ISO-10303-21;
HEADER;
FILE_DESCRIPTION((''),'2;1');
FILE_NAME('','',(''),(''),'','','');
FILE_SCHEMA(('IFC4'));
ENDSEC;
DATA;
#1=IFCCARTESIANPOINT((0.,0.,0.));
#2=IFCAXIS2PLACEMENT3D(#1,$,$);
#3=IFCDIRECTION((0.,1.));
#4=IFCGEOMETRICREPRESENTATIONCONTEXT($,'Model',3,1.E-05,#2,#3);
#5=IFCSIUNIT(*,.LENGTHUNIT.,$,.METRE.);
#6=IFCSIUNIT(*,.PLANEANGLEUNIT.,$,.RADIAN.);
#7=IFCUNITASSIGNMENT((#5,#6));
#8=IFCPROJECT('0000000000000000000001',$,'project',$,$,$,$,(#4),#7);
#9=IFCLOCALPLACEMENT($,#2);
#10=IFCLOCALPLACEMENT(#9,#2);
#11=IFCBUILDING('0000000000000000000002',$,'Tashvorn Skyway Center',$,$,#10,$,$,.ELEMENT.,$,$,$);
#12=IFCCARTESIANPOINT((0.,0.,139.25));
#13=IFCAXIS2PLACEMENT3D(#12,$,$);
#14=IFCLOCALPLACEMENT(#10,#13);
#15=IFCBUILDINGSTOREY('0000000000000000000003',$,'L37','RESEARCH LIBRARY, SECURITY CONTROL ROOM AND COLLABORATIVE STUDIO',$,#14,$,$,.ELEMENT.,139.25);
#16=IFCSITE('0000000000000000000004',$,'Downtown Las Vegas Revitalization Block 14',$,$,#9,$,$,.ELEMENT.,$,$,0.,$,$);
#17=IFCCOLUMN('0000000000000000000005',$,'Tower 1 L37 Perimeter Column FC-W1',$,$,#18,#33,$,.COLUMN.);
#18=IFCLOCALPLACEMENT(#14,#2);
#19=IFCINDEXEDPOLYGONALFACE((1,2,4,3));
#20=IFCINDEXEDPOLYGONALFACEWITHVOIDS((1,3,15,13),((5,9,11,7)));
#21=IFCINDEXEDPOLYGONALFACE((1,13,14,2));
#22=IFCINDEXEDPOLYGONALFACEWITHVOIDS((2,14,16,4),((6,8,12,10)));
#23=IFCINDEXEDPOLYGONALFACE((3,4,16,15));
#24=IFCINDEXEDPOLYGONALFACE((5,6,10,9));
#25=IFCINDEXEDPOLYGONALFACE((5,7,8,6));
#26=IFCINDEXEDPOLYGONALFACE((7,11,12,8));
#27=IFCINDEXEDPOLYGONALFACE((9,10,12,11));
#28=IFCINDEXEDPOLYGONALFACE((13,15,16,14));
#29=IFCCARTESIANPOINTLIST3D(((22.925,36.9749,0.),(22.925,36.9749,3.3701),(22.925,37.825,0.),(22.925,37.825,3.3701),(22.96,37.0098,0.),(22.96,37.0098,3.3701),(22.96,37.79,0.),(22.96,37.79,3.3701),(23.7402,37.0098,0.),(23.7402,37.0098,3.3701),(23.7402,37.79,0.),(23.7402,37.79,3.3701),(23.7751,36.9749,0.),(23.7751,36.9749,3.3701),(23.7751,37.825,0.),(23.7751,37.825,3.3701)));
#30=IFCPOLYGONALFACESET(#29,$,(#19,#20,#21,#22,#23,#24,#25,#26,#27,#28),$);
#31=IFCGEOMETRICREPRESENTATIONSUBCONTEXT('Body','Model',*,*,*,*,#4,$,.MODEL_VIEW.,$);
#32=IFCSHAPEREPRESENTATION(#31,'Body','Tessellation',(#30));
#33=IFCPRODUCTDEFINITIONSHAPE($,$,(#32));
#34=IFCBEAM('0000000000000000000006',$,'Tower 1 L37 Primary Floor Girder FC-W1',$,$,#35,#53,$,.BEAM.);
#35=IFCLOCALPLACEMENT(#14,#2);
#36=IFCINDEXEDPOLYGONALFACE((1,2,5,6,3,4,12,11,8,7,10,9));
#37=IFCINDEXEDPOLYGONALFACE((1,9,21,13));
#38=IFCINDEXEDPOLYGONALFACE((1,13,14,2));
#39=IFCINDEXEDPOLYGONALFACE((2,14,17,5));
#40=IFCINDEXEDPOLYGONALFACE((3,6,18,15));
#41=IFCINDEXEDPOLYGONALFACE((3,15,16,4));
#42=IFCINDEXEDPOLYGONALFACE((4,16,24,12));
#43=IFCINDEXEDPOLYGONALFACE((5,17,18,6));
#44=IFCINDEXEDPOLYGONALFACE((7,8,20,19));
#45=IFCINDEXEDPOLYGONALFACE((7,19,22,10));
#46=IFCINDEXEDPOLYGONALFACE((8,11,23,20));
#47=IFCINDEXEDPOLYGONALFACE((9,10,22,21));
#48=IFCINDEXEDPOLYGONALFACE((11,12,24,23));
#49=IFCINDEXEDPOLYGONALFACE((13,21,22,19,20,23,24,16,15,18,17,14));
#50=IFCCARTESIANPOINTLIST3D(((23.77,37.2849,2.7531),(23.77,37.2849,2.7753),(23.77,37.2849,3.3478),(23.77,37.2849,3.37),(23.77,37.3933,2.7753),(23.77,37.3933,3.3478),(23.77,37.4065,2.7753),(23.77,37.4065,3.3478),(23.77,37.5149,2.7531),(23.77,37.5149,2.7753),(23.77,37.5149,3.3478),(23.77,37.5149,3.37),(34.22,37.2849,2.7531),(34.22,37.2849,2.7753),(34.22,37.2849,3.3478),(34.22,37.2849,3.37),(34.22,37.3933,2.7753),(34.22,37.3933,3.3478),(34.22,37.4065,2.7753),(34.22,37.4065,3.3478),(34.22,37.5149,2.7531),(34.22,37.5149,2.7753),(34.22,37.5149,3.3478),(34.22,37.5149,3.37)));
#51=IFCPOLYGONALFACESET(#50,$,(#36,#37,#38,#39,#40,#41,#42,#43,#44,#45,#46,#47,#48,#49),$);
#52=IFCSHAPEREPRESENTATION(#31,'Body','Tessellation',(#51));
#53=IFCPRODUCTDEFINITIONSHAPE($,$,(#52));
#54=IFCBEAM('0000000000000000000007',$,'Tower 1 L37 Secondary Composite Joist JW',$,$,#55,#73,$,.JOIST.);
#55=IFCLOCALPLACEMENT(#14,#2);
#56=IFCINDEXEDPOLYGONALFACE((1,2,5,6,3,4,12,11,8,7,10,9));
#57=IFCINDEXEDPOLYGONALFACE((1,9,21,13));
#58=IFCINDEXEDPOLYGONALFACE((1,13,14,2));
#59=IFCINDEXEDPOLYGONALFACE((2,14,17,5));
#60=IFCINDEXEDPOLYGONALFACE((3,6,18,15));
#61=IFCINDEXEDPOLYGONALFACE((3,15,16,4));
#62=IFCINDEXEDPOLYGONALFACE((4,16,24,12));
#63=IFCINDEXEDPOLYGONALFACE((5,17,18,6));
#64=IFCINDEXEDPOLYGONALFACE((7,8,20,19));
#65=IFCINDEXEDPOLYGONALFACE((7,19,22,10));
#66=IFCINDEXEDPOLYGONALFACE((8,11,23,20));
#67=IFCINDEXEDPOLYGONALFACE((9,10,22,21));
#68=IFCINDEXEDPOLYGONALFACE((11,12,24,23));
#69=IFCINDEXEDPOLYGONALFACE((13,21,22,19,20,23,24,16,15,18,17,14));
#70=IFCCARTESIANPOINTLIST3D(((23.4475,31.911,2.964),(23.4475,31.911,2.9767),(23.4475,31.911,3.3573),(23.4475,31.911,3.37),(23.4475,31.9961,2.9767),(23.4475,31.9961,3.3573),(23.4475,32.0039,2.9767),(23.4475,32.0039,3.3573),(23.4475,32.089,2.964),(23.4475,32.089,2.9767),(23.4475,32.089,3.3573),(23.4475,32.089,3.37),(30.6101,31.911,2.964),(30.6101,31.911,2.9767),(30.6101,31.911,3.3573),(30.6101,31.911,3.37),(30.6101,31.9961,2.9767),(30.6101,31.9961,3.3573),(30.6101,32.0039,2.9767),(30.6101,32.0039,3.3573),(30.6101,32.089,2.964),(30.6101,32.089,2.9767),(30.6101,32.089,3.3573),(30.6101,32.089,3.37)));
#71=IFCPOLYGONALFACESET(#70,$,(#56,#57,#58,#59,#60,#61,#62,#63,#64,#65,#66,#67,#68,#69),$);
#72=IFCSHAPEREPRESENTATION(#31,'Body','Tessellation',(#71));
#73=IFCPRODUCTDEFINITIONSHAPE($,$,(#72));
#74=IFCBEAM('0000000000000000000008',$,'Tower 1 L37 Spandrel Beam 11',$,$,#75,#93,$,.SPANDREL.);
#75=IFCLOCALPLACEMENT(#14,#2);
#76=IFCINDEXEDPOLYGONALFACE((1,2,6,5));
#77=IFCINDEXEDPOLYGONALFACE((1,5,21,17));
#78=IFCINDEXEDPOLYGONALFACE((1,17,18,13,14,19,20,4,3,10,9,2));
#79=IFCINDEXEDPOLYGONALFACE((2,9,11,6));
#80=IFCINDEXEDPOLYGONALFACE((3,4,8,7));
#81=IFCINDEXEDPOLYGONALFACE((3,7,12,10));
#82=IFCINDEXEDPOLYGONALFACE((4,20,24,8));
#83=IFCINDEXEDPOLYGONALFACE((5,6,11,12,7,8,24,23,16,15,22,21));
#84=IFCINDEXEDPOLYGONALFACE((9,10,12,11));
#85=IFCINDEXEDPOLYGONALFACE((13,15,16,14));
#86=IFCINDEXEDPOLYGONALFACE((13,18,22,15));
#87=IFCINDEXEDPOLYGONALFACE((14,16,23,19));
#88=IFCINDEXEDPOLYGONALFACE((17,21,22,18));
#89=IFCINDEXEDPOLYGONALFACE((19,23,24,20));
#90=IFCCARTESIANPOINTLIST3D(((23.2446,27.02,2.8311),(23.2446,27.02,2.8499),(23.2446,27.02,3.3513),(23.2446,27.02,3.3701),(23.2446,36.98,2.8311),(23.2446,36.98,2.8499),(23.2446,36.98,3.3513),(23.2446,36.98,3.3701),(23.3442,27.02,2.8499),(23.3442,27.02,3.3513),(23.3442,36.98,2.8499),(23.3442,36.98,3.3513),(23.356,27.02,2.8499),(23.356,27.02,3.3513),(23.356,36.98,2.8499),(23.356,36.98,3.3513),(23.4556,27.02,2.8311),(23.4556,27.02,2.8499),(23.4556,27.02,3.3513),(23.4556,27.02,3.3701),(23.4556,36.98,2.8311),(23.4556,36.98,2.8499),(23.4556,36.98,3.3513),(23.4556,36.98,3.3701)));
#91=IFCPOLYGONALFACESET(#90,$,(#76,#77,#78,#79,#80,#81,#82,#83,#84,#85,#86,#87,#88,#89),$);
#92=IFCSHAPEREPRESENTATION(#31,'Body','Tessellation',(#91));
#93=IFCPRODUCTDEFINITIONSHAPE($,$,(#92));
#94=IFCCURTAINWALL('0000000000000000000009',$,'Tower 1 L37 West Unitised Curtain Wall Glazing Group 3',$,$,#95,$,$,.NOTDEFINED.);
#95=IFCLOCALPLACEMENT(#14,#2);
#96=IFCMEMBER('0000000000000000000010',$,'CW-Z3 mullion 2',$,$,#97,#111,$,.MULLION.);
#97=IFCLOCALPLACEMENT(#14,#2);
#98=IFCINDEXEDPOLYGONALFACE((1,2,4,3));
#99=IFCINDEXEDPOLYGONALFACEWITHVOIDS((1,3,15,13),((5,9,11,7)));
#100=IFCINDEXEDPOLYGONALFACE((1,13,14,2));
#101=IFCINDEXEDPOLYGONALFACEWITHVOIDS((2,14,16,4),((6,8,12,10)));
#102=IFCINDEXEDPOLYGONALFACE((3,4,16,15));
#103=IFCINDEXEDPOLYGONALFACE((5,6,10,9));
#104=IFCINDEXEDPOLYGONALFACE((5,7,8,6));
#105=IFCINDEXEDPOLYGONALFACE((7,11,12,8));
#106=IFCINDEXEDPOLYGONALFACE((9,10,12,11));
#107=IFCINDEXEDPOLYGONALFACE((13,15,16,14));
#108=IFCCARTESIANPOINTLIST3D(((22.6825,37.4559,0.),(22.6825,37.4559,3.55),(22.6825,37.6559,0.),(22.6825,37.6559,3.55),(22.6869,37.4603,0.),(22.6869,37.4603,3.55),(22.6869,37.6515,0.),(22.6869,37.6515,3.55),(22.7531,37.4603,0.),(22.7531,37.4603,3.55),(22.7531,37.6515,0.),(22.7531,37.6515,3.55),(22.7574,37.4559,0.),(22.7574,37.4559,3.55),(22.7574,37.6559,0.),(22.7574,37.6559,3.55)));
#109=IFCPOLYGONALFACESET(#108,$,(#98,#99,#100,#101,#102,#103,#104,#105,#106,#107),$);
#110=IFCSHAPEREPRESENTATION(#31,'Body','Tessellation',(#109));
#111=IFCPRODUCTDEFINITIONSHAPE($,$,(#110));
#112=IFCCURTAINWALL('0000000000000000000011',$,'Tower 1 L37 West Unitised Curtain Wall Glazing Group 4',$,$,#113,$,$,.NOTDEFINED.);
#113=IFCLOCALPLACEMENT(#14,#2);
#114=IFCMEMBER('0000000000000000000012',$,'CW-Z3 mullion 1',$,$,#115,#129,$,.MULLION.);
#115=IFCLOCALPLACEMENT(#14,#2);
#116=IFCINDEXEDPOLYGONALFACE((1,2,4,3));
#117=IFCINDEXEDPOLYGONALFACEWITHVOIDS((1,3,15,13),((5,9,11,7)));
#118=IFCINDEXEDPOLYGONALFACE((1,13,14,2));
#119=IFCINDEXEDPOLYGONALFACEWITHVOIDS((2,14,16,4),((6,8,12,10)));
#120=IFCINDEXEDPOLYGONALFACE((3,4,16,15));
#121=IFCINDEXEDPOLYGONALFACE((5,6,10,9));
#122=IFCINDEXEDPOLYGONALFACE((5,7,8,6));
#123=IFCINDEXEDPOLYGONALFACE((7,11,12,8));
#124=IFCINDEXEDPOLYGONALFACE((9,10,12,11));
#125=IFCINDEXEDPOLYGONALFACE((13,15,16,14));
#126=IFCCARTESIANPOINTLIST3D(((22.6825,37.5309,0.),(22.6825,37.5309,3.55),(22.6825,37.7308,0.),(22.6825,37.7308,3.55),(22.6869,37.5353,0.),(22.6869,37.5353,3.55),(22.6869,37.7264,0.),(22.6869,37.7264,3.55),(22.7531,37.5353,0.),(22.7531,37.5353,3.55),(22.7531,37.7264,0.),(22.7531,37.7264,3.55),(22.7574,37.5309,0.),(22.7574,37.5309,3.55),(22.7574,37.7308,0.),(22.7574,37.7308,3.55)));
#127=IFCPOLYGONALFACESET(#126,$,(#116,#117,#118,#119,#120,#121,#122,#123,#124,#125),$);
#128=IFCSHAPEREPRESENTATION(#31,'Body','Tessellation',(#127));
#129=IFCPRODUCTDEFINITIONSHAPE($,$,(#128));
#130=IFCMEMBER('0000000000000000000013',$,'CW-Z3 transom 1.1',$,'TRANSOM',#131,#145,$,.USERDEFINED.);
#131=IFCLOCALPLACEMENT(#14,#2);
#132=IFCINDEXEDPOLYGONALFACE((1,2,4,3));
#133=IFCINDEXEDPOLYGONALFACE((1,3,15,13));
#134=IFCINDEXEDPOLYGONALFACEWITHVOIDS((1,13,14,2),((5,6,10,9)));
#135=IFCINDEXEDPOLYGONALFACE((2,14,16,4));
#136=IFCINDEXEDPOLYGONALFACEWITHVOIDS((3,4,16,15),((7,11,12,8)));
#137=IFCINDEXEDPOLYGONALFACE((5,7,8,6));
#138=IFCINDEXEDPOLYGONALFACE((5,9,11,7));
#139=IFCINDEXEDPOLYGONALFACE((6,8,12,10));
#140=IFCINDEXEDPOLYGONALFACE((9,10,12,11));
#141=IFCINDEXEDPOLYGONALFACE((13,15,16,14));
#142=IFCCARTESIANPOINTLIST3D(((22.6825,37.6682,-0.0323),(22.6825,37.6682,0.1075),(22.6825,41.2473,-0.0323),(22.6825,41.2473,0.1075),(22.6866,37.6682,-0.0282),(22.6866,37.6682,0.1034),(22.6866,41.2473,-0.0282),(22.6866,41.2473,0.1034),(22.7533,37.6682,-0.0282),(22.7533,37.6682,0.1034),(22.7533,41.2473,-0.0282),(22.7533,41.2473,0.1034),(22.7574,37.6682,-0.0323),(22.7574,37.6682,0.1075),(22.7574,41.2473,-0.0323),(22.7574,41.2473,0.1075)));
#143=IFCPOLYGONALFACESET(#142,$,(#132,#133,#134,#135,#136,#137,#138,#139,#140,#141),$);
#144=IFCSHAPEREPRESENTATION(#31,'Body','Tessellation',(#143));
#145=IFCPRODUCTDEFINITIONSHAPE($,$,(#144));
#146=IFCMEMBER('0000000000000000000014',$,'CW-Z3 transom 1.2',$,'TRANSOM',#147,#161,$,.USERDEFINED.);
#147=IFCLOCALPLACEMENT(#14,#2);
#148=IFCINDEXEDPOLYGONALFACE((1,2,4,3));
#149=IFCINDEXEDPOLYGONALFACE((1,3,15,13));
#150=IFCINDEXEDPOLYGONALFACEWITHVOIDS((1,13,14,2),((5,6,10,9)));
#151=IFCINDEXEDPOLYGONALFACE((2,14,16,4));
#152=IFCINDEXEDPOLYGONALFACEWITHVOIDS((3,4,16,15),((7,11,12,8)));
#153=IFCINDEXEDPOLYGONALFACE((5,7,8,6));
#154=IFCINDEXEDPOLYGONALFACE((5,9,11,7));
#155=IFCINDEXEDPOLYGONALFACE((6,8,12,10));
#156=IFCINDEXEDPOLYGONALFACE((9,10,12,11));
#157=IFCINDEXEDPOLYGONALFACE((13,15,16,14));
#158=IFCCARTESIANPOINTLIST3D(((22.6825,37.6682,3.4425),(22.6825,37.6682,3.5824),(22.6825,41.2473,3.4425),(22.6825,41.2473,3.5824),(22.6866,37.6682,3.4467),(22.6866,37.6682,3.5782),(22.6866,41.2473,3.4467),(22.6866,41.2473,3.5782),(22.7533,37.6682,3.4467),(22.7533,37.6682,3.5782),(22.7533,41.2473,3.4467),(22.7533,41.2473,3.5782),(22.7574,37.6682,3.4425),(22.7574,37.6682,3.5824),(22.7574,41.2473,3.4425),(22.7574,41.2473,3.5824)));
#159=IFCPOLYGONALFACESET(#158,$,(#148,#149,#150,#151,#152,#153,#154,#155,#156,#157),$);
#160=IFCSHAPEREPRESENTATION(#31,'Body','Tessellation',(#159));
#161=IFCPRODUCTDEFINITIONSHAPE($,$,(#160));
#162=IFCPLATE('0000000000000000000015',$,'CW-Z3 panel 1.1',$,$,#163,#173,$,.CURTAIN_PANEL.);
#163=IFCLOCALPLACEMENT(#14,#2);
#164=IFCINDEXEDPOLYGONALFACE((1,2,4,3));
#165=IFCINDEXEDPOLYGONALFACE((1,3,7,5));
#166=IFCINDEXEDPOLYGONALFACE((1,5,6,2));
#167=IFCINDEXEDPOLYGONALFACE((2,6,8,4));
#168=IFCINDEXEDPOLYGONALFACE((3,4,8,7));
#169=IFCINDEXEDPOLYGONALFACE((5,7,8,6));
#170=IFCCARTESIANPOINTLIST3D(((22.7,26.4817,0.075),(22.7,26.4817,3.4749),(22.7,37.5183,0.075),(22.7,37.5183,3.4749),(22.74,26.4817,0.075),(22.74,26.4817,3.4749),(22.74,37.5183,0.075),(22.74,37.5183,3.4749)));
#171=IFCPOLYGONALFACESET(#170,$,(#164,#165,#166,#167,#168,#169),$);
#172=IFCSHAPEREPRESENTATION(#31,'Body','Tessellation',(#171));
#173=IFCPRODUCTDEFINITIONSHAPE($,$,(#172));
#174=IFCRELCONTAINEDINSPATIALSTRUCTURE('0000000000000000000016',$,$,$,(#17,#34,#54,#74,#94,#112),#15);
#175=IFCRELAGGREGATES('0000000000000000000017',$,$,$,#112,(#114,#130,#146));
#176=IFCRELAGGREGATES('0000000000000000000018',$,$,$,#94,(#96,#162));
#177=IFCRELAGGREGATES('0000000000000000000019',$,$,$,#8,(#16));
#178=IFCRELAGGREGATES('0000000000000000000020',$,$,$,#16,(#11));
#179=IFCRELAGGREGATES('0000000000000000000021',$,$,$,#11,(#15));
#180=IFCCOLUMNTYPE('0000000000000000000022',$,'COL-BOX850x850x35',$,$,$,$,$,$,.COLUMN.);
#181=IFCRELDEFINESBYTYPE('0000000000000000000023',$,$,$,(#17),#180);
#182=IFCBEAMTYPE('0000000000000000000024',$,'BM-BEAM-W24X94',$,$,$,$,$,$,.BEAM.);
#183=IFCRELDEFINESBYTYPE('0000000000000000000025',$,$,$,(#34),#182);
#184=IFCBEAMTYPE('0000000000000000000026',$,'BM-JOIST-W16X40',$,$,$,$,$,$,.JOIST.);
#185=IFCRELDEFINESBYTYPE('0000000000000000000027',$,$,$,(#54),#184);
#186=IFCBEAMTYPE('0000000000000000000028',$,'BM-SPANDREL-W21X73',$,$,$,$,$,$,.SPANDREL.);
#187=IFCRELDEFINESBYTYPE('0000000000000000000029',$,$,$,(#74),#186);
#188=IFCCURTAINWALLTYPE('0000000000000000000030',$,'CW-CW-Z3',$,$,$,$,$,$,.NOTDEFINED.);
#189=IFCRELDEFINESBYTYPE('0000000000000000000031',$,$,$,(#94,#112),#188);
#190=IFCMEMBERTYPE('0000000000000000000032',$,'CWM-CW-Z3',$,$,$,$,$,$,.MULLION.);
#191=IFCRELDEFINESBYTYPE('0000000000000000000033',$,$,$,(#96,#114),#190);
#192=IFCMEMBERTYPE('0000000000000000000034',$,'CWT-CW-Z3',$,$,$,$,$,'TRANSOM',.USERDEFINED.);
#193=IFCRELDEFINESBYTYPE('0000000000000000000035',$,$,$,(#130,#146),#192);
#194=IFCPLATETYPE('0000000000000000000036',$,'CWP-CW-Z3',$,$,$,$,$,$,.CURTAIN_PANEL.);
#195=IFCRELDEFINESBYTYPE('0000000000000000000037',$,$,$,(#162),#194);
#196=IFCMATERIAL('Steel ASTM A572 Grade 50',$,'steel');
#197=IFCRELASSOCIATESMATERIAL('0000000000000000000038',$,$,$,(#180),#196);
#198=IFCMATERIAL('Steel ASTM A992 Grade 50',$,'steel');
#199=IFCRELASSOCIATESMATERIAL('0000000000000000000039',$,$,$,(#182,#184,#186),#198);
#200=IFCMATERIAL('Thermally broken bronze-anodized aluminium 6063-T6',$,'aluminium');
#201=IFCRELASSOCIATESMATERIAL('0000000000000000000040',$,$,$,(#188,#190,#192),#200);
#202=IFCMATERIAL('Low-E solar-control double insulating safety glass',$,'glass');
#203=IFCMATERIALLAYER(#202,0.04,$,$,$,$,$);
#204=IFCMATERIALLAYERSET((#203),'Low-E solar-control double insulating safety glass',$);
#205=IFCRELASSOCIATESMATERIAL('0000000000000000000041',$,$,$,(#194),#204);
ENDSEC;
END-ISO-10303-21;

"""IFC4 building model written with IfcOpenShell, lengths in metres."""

from ifc_helpers import new_model, si_unit, direction, frame, origin, origin_2d, place, context, subcontext, project, spatial, rectangle, hollow_rectangle, i_section, extrude, material, layer, layer_set, material_profile, profile_set, type_object, element, aggregate, save


model = new_model("IFC4")

# Units and contexts
model_context = context("Model", 3, precision=1e-05, world=origin(), true_north=direction((0.0, 1.0)))
body_context = subcontext(model_context, "Body", "Model", "MODEL_VIEW")
ifc_project = project(units=[si_unit("LENGTHUNIT", "METRE"), si_unit("PLANEANGLEUNIT", "RADIAN")], contexts=[model_context])

# Site, building, storey
site_placement = place(None, origin())
site = spatial("IfcSite", under=ifc_project, at=site_placement, Name="Downtown Las Vegas Revitalization Block 14", CompositionType="ELEMENT", RefElevation=0.0)
building_placement = place(site_placement, origin())
building = spatial("IfcBuilding", under=site, at=building_placement, Name="Tashvorn Skyway Center", CompositionType="ELEMENT")
storey_placement = place(building_placement, frame((0.0, 0.0, 139.25)))
storey = spatial("IfcBuildingStorey", under=building, at=storey_placement, Name="L37", Description="RESEARCH LIBRARY, SECURITY CONTROL ROOM AND COLLABORATIVE STUDIO", CompositionType="ELEMENT", Elevation=139.25)

# Column
ifc_material_1 = material(Name="Steel ASTM A572 Grade 50", Category="steel")
ifc_material_profile_1 = material_profile(ifc_material_1, hollow_rectangle(XDim=0.8501, YDim=0.8501, WallThickness=0.0349, at=origin_2d()), Name="BOX850x850x35")
ifc_profile_set_1 = profile_set([ifc_material_profile_1], Name="Steel ASTM A572 Grade 50")
column_type = type_object("IfcColumnType", Name="COL-BOX850x850x35", PredefinedType="COLUMN", material=ifc_profile_set_1)
column_placement = place(storey_placement, frame((23.3501, 37.3999, 0.0), z_axis=(0.0, 0.0, 1.0), x_axis=(1.0, 0.0, 0.0)))
element("IfcColumn", 1, at=column_placement, inside=storey, type_object=column_type, Name="Tower 1 L37 Perimeter Column FC-W1", PredefinedType="COLUMN", context=body_context, shape_type="SweptSolid", body=[
    extrude(hollow_rectangle(XDim=0.8501, YDim=0.8501, WallThickness=0.0349, at=origin_2d()), origin(), (0.0, 0.0, 1.0), 3.3701),
])

# Beams
ifc_material_2 = material(Name="Steel ASTM A992 Grade 50", Category="steel")
ifc_material_profile_2 = material_profile(ifc_material_2, i_section(OverallWidth=0.23, OverallDepth=0.6169, WebThickness=0.0132, FlangeThickness=0.0222, at=origin_2d()), Name="W24X94")
ifc_profile_set_2 = profile_set([ifc_material_profile_2], Name="Steel ASTM A992 Grade 50")
beam_type_1 = type_object("IfcBeamType", Name="BM-BEAM-W24X94", PredefinedType="BEAM", material=ifc_profile_set_2)
beam_1_placement = place(storey_placement, frame((23.77, 37.3999, 3.0615), z_axis=(1.0, 0.0, 0.0), x_axis=(0.0, 1.0, 0.0)))
element("IfcBeam", 2, at=beam_1_placement, inside=storey, type_object=beam_type_1, Name="Tower 1 L37 Primary Floor Girder FC-W1", PredefinedType="BEAM", context=body_context, shape_type="SweptSolid", body=[
    extrude(i_section(OverallWidth=0.23, OverallDepth=0.6169, WebThickness=0.0132, FlangeThickness=0.0222, at=origin_2d()), origin(), (0.0, 0.0, 1.0), 10.45),
])
ifc_material_profile_3 = material_profile(ifc_material_2, i_section(OverallWidth=0.178, OverallDepth=0.406, WebThickness=0.0078, FlangeThickness=0.0127, at=origin_2d()), Name="W16X40")
ifc_profile_set_3 = profile_set([ifc_material_profile_3], Name="Steel ASTM A992 Grade 50")
beam_type_2 = type_object("IfcBeamType", Name="BM-JOIST-W16X40", PredefinedType="JOIST", material=ifc_profile_set_3)
beam_2_placement = place(storey_placement, frame((30.6101, 32.0, 3.167), z_axis=(-1.0, 0.0, 0.0), x_axis=(0.0, -1.0, 0.0)))
element("IfcBeam", 3, at=beam_2_placement, inside=storey, type_object=beam_type_2, Name="Tower 1 L37 Secondary Composite Joist JW", PredefinedType="JOIST", context=body_context, shape_type="SweptSolid", body=[
    extrude(i_section(OverallWidth=0.178, OverallDepth=0.406, WebThickness=0.0078, FlangeThickness=0.0127, at=origin_2d()), origin(), (0.0, 0.0, 1.0), 7.1626),
])
ifc_material_profile_4 = material_profile(ifc_material_2, i_section(OverallWidth=0.2109, OverallDepth=0.5391, WebThickness=0.0117, FlangeThickness=0.0188, at=origin_2d()), Name="W21X73")
ifc_profile_set_4 = profile_set([ifc_material_profile_4], Name="Steel ASTM A992 Grade 50")
beam_type_3 = type_object("IfcBeamType", Name="BM-SPANDREL-W21X73", PredefinedType="SPANDREL", material=ifc_profile_set_4)
beam_3_placement = place(storey_placement, frame((23.3501, 36.98, 3.1006), z_axis=(0.0, -1.0, 0.0), x_axis=(1.0, 0.0, 0.0)))
element("IfcBeam", 4, at=beam_3_placement, inside=storey, type_object=beam_type_3, Name="Tower 1 L37 Spandrel Beam 11", PredefinedType="SPANDREL", context=body_context, shape_type="SweptSolid", body=[
    extrude(i_section(OverallWidth=0.2109, OverallDepth=0.5391, WebThickness=0.0117, FlangeThickness=0.0188, at=origin_2d()), origin(), (0.0, 0.0, 1.0), 9.96),
])

# Curtain wall, member
ifc_material_3 = material(Name="Thermally broken bronze-anodized aluminium 6063-T6", Category="aluminium")
curtain_wall_type = type_object("IfcCurtainWallType", Name="CW-CW-Z3", PredefinedType="NOTDEFINED", material=ifc_material_3)
curtain_wall_1_placement = place(storey_placement, origin())
curtain_wall_1 = element("IfcCurtainWall", 5, at=curtain_wall_1_placement, inside=storey, type_object=curtain_wall_type, Name="Tower 1 L37 West Unitised Curtain Wall Glazing Group 3", PredefinedType="NOTDEFINED")
ifc_material_profile_5 = material_profile(ifc_material_3, hollow_rectangle(XDim=0.075, YDim=0.2, WallThickness=0.0044, at=origin_2d()), Name="ALU-MULL-75x200")
ifc_profile_set_5 = profile_set([ifc_material_profile_5], Name="Thermally broken bronze-anodized aluminium 6063-T6")
member_type_1 = type_object("IfcMemberType", Name="CWM-CW-Z3", PredefinedType="MULLION", material=ifc_profile_set_5)
member_1_placement = place(storey_placement, frame((22.72, 37.5559, 0.0), z_axis=(0.0, 0.0, 1.0), x_axis=(-1.0, 0.0, 0.0)))
member_1 = element("IfcMember", 6, at=member_1_placement, type_object=member_type_1, Name="CW-Z3 mullion 2", PredefinedType="MULLION", context=body_context, shape_type="SweptSolid", body=[
    extrude(hollow_rectangle(XDim=0.075, YDim=0.2, WallThickness=0.0044, at=origin_2d()), origin(), (0.0, 0.0, 1.0), 3.55),
])

# Curtain wall, members
curtain_wall_2_placement = place(storey_placement, origin())
curtain_wall_2 = element("IfcCurtainWall", 7, at=curtain_wall_2_placement, inside=storey, type_object=curtain_wall_type, Name="Tower 1 L37 West Unitised Curtain Wall Glazing Group 4", PredefinedType="NOTDEFINED")
member_2_placement = place(storey_placement, frame((22.72, 37.6309, 0.0), z_axis=(0.0, 0.0, 1.0), x_axis=(-1.0, 0.0, 0.0)))
member_2 = element("IfcMember", 8, at=member_2_placement, type_object=member_type_1, Name="CW-Z3 mullion 1", PredefinedType="MULLION", context=body_context, shape_type="SweptSolid", body=[
    extrude(hollow_rectangle(XDim=0.075, YDim=0.2, WallThickness=0.0044, at=origin_2d()), origin(), (0.0, 0.0, 1.0), 3.55),
])
ifc_material_profile_6 = material_profile(ifc_material_3, hollow_rectangle(XDim=0.075, YDim=0.1399, WallThickness=0.0042, at=origin_2d()), Name="ALU-TRAN-75x140")
ifc_profile_set_6 = profile_set([ifc_material_profile_6], Name="Thermally broken bronze-anodized aluminium 6063-T6")
member_type_2 = type_object("IfcMemberType", Name="CWT-CW-Z3", ElementType="TRANSOM", PredefinedType="USERDEFINED", material=ifc_profile_set_6)
member_3_placement = place(storey_placement, frame((22.72, 37.6682, 0.0376), z_axis=(0.0, 1.0, 0.0), x_axis=(-1.0, 0.0, 0.0)))
member_3 = element("IfcMember", 9, at=member_3_placement, type_object=member_type_2, Name="CW-Z3 transom 1.1", ObjectType="TRANSOM", PredefinedType="USERDEFINED", context=body_context, shape_type="SweptSolid", body=[
    extrude(hollow_rectangle(XDim=0.075, YDim=0.1399, WallThickness=0.0042, at=origin_2d()), origin(), (0.0, 0.0, 1.0), 3.5791),
])
member_4_placement = place(storey_placement, frame((22.72, 37.6682, 3.5125), z_axis=(0.0, 1.0, 0.0), x_axis=(-1.0, 0.0, 0.0)))
member_4 = element("IfcMember", 10, at=member_4_placement, type_object=member_type_2, Name="CW-Z3 transom 1.2", ObjectType="TRANSOM", PredefinedType="USERDEFINED", context=body_context, shape_type="SweptSolid", body=[
    extrude(hollow_rectangle(XDim=0.075, YDim=0.1399, WallThickness=0.0042, at=origin_2d()), origin(), (0.0, 0.0, 1.0), 3.5791),
])
aggregate(curtain_wall_2, [member_2, member_3, member_4])

# Plate
ifc_material_4 = material(Name="Low-E solar-control double insulating safety glass", Category="glass")
ifc_layer_1 = layer(ifc_material_4, 0.04)
ifc_layer_set_1 = layer_set([ifc_layer_1], Name="Low-E solar-control double insulating safety glass")
plate_type = type_object("IfcPlateType", Name="CWP-CW-Z3", PredefinedType="CURTAIN_PANEL", material=ifc_layer_set_1)
plate_placement = place(storey_placement, frame((22.72, 32.0, 0.075), z_axis=(0.0, 0.0, 1.0), x_axis=(0.0, 1.0, 0.0)))
plate = element("IfcPlate", 11, at=plate_placement, type_object=plate_type, Name="CW-Z3 panel 1.1", PredefinedType="CURTAIN_PANEL", context=body_context, shape_type="SweptSolid", body=[
    extrude(rectangle(XDim=11.0366, YDim=0.04, at=origin_2d()), origin(), (0.0, 0.0, 1.0), 3.3999),
])
aggregate(curtain_wall_1, [member_1, plate])

save(model, "model.ifc")
